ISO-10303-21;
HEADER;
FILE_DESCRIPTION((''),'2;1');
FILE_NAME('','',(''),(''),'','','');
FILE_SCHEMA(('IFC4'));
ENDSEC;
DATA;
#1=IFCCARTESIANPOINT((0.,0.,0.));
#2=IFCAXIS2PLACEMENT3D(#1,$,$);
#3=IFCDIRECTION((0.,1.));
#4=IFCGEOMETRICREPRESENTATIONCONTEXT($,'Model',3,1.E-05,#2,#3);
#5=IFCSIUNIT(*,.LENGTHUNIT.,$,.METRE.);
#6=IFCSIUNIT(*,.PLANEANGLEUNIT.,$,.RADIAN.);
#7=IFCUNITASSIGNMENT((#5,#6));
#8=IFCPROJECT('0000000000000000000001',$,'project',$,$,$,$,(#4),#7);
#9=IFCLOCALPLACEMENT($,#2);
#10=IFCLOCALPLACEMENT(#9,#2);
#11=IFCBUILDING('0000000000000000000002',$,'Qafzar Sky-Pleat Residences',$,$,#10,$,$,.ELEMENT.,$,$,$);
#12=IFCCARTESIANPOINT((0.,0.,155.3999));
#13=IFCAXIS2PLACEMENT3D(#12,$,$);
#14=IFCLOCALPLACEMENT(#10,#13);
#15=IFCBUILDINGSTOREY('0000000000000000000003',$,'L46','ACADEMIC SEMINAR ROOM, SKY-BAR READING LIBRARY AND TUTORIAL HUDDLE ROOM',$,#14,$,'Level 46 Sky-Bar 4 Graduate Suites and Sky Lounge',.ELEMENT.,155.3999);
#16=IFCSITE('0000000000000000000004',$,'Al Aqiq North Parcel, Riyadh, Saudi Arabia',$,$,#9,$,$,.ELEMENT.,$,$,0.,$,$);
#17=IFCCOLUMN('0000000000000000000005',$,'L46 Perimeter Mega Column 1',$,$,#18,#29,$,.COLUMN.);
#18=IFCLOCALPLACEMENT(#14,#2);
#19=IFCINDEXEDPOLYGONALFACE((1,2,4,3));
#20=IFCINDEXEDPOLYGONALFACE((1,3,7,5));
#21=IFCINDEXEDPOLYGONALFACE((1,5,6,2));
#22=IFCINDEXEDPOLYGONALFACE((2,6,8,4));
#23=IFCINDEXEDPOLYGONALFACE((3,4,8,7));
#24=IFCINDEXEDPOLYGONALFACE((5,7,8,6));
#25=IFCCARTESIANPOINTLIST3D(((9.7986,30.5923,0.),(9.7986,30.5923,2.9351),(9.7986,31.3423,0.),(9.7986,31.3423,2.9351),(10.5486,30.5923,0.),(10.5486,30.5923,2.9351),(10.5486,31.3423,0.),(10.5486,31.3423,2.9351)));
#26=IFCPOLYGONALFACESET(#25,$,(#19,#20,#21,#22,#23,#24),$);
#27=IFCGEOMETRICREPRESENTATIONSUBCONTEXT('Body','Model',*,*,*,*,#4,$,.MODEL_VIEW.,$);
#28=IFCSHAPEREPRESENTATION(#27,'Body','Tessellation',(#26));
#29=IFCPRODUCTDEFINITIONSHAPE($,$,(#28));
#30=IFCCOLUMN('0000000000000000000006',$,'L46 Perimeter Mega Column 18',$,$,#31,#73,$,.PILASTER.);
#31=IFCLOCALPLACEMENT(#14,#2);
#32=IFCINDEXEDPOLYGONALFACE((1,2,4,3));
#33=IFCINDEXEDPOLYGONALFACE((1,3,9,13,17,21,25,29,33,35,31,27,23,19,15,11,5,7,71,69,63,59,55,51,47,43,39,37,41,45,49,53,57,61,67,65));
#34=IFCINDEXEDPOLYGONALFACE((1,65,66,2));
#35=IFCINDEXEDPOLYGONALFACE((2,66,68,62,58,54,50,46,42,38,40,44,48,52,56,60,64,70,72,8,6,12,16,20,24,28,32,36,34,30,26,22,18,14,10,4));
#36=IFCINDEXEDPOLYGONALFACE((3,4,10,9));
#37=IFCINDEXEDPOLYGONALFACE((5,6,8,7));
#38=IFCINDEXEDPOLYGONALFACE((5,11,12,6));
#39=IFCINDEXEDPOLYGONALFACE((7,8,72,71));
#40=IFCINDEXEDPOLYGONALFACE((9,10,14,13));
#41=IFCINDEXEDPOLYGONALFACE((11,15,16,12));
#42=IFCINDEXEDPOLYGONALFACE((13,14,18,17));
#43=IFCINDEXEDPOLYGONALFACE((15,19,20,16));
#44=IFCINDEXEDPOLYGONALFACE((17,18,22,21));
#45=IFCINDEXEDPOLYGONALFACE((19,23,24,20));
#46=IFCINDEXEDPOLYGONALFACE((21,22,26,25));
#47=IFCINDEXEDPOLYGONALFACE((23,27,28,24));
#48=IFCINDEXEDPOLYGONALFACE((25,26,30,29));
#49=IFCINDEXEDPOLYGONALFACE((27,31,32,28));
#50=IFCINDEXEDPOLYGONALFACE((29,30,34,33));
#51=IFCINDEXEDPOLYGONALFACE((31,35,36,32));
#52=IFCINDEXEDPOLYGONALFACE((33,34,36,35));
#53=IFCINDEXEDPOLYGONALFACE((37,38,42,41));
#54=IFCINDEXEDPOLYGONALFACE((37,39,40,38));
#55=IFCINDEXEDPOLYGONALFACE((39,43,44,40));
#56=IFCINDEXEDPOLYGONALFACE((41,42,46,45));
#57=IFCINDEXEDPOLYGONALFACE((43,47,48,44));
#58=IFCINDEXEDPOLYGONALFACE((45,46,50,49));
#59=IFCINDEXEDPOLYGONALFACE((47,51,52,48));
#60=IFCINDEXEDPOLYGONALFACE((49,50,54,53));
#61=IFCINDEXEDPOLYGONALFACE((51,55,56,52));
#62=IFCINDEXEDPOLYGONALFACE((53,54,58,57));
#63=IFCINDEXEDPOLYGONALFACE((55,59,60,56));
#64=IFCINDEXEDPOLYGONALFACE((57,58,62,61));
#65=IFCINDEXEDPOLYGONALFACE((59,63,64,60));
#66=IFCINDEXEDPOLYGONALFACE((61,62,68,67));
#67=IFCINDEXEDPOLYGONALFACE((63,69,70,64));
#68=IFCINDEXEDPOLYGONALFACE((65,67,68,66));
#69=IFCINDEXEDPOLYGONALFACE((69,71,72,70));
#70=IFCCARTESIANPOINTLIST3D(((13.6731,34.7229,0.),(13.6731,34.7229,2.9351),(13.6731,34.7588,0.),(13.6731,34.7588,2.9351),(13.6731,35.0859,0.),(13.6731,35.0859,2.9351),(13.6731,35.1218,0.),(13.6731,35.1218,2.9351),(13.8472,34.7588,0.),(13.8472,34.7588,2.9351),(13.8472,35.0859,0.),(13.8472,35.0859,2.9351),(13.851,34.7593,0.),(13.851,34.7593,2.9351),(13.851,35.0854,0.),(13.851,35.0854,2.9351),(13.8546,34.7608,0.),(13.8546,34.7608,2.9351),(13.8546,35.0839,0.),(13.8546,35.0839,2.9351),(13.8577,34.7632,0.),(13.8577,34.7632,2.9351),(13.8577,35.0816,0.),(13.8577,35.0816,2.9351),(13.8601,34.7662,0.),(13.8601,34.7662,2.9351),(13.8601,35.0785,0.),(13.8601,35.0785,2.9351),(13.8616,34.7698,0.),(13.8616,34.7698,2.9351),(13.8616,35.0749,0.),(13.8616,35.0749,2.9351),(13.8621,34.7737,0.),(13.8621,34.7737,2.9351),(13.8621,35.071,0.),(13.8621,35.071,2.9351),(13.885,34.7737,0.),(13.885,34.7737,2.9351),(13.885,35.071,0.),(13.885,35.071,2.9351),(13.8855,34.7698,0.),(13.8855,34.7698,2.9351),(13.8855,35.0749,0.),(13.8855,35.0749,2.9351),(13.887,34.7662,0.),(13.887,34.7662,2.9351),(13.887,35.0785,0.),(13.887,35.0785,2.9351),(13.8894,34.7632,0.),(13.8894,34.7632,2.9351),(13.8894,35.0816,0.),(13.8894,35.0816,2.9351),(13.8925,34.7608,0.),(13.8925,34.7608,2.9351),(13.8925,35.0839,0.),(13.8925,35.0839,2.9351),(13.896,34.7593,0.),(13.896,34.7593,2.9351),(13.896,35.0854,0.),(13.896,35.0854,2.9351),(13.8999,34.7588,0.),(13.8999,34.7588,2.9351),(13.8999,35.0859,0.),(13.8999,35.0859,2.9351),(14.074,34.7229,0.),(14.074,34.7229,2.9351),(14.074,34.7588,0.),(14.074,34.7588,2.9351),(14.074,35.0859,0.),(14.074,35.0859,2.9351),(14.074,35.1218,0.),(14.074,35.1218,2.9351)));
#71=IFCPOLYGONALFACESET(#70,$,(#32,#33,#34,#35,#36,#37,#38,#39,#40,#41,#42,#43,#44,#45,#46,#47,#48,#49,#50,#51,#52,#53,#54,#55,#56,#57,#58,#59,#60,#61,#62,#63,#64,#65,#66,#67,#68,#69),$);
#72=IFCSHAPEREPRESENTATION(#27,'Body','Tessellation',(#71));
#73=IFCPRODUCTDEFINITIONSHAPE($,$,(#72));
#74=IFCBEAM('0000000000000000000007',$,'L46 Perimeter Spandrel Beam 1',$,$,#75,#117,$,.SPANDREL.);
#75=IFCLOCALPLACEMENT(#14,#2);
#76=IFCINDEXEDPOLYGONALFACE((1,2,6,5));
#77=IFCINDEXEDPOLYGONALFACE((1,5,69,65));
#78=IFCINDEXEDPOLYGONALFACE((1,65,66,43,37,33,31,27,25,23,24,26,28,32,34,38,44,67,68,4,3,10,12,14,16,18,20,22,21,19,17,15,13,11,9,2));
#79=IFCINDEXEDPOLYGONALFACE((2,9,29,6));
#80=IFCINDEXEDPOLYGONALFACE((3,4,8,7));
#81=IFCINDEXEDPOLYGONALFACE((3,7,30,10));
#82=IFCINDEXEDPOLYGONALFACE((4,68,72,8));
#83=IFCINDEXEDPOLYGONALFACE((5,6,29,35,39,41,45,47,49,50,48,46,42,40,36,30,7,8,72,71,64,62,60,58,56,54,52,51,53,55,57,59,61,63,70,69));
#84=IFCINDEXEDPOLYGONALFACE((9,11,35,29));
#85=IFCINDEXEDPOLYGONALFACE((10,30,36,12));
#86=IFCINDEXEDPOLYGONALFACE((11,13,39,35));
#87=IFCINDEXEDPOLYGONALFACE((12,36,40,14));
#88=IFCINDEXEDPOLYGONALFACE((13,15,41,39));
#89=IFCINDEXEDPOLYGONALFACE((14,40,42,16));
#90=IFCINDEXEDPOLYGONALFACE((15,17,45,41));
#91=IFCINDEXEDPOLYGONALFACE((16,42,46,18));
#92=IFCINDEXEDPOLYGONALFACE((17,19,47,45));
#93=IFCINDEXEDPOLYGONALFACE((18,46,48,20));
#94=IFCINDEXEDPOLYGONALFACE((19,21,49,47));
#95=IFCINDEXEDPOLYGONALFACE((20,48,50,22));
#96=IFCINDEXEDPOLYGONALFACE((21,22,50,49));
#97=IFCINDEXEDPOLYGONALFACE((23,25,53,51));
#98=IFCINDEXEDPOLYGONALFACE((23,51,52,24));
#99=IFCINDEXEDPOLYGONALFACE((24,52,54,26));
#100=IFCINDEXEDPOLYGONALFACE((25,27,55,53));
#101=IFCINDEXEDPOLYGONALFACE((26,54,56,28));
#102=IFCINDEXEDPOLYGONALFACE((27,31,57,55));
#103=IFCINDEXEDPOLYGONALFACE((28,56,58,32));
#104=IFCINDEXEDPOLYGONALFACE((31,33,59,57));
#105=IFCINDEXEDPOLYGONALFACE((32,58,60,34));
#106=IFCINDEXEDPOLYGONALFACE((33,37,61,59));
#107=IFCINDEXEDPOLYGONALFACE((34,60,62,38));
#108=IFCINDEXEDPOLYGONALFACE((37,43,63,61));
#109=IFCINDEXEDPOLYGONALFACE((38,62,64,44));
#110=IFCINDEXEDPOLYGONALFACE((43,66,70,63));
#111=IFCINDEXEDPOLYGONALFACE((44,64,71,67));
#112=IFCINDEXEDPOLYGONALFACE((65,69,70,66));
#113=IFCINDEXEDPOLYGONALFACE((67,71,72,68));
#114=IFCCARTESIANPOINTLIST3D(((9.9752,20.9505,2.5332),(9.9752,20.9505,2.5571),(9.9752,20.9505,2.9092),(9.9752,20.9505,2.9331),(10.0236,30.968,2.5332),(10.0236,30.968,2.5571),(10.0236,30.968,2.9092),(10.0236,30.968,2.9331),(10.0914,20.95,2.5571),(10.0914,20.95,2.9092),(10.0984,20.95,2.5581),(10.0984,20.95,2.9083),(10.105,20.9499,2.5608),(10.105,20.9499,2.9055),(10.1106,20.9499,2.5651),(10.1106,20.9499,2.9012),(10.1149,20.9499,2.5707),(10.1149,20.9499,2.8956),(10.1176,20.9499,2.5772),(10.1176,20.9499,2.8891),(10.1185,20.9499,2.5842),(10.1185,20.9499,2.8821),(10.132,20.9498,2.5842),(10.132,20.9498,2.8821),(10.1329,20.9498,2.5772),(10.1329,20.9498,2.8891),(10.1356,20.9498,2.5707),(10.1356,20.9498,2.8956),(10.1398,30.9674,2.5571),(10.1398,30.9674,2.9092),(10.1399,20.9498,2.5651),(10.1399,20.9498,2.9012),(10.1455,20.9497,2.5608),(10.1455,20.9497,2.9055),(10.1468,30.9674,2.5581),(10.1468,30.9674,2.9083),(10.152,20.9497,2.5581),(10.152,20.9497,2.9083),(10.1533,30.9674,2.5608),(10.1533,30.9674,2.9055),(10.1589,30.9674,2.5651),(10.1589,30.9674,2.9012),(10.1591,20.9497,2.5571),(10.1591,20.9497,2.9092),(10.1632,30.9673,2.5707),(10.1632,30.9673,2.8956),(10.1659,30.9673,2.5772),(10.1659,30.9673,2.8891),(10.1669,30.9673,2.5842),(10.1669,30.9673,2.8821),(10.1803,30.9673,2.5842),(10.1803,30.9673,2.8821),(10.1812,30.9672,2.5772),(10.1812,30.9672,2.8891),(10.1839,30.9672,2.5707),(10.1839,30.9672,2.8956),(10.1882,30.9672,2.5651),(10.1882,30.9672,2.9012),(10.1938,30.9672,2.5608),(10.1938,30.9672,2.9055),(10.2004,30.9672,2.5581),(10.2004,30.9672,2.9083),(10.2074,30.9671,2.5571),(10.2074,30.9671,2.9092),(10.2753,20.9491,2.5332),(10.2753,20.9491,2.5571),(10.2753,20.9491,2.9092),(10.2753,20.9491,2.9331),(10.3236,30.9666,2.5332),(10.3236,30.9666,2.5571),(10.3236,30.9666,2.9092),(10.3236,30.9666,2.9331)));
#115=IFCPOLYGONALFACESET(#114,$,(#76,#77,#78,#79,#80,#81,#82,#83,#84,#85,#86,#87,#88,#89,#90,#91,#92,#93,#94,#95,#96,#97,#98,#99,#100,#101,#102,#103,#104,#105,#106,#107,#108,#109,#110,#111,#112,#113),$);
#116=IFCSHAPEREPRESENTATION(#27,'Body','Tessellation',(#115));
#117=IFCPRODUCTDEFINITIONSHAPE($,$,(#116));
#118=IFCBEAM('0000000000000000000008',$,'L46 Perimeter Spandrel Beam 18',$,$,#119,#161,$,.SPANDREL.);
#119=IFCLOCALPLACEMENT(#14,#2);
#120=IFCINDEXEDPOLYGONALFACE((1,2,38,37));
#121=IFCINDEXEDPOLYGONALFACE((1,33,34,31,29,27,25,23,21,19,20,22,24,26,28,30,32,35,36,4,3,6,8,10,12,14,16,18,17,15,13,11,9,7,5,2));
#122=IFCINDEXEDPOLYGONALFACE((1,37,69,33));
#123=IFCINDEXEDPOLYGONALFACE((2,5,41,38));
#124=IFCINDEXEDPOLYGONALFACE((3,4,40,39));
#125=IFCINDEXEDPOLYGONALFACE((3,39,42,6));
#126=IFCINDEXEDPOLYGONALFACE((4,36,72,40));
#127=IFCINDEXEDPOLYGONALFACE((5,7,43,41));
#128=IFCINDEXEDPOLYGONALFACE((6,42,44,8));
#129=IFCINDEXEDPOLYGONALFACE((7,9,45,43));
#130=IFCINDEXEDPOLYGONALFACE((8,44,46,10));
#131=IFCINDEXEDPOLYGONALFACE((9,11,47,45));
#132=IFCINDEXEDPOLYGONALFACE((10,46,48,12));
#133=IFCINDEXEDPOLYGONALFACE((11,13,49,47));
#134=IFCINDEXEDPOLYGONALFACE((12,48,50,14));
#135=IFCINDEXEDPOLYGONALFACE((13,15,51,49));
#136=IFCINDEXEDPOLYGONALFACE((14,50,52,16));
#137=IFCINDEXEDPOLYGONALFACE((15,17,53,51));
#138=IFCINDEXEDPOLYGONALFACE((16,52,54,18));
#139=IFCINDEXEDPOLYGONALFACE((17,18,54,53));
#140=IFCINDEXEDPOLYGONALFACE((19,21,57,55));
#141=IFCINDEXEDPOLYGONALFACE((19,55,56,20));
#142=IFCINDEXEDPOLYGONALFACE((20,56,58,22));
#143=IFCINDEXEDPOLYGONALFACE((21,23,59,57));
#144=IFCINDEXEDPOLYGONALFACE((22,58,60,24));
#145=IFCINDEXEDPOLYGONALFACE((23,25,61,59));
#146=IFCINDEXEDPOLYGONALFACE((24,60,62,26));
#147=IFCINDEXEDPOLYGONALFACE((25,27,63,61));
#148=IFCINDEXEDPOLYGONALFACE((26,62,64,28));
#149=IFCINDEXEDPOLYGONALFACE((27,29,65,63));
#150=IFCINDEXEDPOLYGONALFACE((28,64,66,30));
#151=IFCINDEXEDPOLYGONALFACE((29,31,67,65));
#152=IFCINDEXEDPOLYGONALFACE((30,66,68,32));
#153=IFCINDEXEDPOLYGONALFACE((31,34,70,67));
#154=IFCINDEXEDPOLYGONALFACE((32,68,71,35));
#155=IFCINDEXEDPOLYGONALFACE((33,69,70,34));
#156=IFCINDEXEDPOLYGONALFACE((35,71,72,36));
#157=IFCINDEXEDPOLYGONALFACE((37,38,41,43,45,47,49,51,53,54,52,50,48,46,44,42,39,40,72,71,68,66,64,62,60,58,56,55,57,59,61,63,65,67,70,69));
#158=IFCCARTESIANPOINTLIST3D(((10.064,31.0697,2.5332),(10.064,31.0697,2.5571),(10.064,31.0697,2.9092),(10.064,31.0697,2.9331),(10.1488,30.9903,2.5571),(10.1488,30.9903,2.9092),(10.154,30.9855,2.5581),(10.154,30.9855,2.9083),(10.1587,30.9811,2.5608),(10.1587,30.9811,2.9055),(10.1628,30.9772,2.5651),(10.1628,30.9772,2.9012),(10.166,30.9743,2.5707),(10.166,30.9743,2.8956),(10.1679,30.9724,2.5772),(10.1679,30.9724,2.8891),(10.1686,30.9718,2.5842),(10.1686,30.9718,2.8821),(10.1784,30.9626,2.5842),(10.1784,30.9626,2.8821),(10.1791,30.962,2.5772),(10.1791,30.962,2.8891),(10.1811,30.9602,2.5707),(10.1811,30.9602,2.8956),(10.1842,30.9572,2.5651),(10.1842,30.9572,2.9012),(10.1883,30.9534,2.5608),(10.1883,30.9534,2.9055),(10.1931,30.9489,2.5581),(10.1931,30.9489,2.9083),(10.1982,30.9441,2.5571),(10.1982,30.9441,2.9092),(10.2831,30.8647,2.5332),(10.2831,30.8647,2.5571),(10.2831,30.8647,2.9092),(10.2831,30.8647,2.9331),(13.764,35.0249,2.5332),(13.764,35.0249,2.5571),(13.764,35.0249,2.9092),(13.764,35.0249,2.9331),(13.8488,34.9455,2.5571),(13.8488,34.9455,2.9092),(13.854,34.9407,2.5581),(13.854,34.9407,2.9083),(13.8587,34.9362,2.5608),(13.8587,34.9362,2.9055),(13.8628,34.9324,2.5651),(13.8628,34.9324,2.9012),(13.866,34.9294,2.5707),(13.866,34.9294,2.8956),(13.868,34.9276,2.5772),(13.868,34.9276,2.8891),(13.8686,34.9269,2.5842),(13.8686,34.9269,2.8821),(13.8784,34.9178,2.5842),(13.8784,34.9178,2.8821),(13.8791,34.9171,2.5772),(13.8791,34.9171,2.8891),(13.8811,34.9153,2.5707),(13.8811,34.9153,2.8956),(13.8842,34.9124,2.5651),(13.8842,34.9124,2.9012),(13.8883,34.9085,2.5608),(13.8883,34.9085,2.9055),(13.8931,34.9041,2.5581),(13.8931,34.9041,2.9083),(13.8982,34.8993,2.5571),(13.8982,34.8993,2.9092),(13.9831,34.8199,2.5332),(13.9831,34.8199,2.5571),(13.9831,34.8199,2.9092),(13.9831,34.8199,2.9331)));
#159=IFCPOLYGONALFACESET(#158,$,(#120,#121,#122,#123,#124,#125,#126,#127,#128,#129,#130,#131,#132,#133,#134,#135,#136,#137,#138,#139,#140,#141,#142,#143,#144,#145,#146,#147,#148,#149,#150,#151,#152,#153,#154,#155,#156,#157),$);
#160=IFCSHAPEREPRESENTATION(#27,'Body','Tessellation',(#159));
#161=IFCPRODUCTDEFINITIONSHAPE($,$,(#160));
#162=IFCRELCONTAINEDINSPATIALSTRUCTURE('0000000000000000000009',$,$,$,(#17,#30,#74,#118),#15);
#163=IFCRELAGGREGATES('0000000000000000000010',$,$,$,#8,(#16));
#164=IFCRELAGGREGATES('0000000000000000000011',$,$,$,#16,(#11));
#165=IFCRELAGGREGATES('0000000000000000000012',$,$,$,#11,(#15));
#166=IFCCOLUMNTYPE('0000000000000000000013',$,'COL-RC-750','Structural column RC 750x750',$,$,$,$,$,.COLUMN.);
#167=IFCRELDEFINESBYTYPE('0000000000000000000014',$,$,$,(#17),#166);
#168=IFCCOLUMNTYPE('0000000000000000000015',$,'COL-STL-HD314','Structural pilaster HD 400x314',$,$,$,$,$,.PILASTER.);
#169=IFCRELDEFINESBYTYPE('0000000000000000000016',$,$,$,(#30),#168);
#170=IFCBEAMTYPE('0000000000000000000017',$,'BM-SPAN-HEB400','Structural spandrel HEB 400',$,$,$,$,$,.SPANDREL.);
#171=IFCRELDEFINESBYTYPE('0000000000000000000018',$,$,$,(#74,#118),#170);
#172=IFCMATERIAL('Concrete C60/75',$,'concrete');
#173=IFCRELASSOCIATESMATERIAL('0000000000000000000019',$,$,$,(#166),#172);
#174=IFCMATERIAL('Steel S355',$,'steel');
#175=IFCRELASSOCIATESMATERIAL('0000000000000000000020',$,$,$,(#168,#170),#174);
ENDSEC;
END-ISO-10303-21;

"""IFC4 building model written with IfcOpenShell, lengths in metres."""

from ifc_helpers import new_model, si_unit, direction, frame, origin, origin_2d, place, context, subcontext, project, spatial, rectangle, i_section, extrude, source, transform, mapped, material, material_profile, profile_set, type_object, element, save


model = new_model("IFC4")

# Units and contexts
model_context = context("Model", 3, precision=1e-05, world=origin(), true_north=direction((0.0, 1.0)))
body_context = subcontext(model_context, "Body", "Model", "MODEL_VIEW")
ifc_project = project(units=[si_unit("LENGTHUNIT", "METRE"), si_unit("PLANEANGLEUNIT", "RADIAN")], contexts=[model_context])

# Site, building, storey
site_placement = place(None, origin())
site = spatial("IfcSite", under=ifc_project, at=site_placement, Name="Al Aqiq North Parcel, Riyadh, Saudi Arabia", CompositionType="ELEMENT", RefElevation=0.0)
building_placement = place(site_placement, origin())
building = spatial("IfcBuilding", under=site, at=building_placement, Name="Qafzar Sky-Pleat Residences", CompositionType="ELEMENT")
storey_placement = place(building_placement, frame((0.0, 0.0, 155.3999)))
storey = spatial("IfcBuildingStorey", under=building, at=storey_placement, Name="L46", Description="ACADEMIC SEMINAR ROOM, SKY-BAR READING LIBRARY AND TUTORIAL HUDDLE ROOM", LongName="Level 46 Sky-Bar 4 Graduate Suites and Sky Lounge", CompositionType="ELEMENT", Elevation=155.3999)

# Columns
ifc_material_1 = material(Name="Concrete C60/75", Category="concrete")
ifc_material_profile_1 = material_profile(ifc_material_1, rectangle(XDim=0.75, YDim=0.75, at=origin_2d()), Name="RC 750x750")
ifc_profile_set_1 = profile_set([ifc_material_profile_1], Name="Concrete C60/75")
column_type_1 = type_object("IfcColumnType", Name="COL-RC-750", Description="Structural column RC 750x750", PredefinedType="COLUMN", material=ifc_profile_set_1)
shared_shape_1 = source(origin(), body_context, "Body", "SweptSolid", [
    extrude(rectangle(XDim=0.75, YDim=0.75, at=origin_2d()), origin(), (0.0, 0.0, 1.0), 2.9351),
])
column_1_placement = place(storey_placement, frame((10.1736, 30.9673, 0.0), z_axis=(0.0, 0.0, 1.0), x_axis=(1.0, 0.0, 0.0)))
element("IfcColumn", 1, at=column_1_placement, inside=storey, type_object=column_type_1, Name="L46 Perimeter Mega Column 1", PredefinedType="COLUMN", context=body_context, shape_type="MappedRepresentation", body=[
    mapped(shared_shape_1, transform((0.0, 0.0, 0.0), x_axis=(1.0, 0.0, 0.0), y_axis=(0.0, 1.0, 0.0), z_axis=(0.0, 0.0, 1.0), scale=1.0)),
])
ifc_material_2 = material(Name="Steel S355", Category="steel")
ifc_material_profile_2 = material_profile(ifc_material_2, i_section(OverallWidth=0.4009, OverallDepth=0.3989, WebThickness=0.0229, FlangeThickness=0.0359, FilletRadius=0.0149, at=origin_2d()), Name="HD 400x314")
ifc_profile_set_2 = profile_set([ifc_material_profile_2], Name="Steel S355")
column_type_2 = type_object("IfcColumnType", Name="COL-STL-HD314", Description="Structural pilaster HD 400x314", PredefinedType="PILASTER", material=ifc_profile_set_2)
shared_shape_2 = source(origin(), body_context, "Body", "SweptSolid", [
    extrude(i_section(OverallWidth=0.4009, OverallDepth=0.3989, WebThickness=0.0229, FlangeThickness=0.0359, FilletRadius=0.0149, at=origin_2d()), origin(), (0.0, 0.0, 1.0), 2.9351),
])
column_2_placement = place(storey_placement, frame((13.8735, 34.9224, 0.0), z_axis=(0.0, 0.0, 1.0), x_axis=(1.0, 0.0, 0.0)))
element("IfcColumn", 2, at=column_2_placement, inside=storey, type_object=column_type_2, Name="L46 Perimeter Mega Column 18", PredefinedType="PILASTER", context=body_context, shape_type="MappedRepresentation", body=[
    mapped(shared_shape_2, transform((0.0, 0.0, 0.0), x_axis=(1.0, 0.0, 0.0), y_axis=(0.0, 1.0, 0.0), z_axis=(0.0, 0.0, 1.0), scale=1.0)),
])

# Beams
ifc_material_profile_3 = material_profile(ifc_material_2, i_section(OverallWidth=0.3, OverallDepth=0.3999, WebThickness=0.0134, FlangeThickness=0.0239, FilletRadius=0.0271, at=origin_2d()), Name="HEB 400")
ifc_profile_set_3 = profile_set([ifc_material_profile_3], Name="Steel S355")
beam_type_1 = type_object("IfcBeamType", Name="BM-SPAN-HEB400", Description="Structural spandrel HEB 400", PredefinedType="SPANDREL", material=ifc_profile_set_3)
shared_shape_3 = source(origin(), body_context, "Body", "SweptSolid", [
    extrude(i_section(OverallWidth=0.3, OverallDepth=0.3999, WebThickness=0.0134, FlangeThickness=0.0239, FilletRadius=0.0271, at=origin_2d()), origin(), (0.0, 0.0, 1.0), 10.0176),
])
beam_1_placement = place(storey_placement, frame((10.1736, 30.9673, 2.7332), z_axis=(-0.004825, -0.999988, 0.0), x_axis=(0.999988, -0.004825, 0.0)))
element("IfcBeam", 3, at=beam_1_placement, inside=storey, type_object=beam_type_1, Name="L46 Perimeter Spandrel Beam 1", PredefinedType="SPANDREL", context=body_context, shape_type="MappedRepresentation", body=[
    mapped(shared_shape_3, transform((0.0, 0.0, 0.0), x_axis=(1.0, 0.0, 0.0), y_axis=(0.0, 1.0, 0.0), z_axis=(0.0, 0.0, 1.0), scale=1.0)),
])
shared_shape_4 = source(origin(), body_context, "Body", "SweptSolid", [
    extrude(i_section(OverallWidth=0.3, OverallDepth=0.3999, WebThickness=0.0134, FlangeThickness=0.0239, FilletRadius=0.0271, at=origin_2d()), origin(), (0.0, 0.0, 1.0), 5.416),
])
beam_2_placement = place(storey_placement, frame((13.8735, 34.9224, 2.7332), z_axis=(-0.683161, -0.730268, 0.0), x_axis=(0.730268, -0.683161, 0.0)))
element("IfcBeam", 4, at=beam_2_placement, inside=storey, type_object=beam_type_1, Name="L46 Perimeter Spandrel Beam 18", PredefinedType="SPANDREL", context=body_context, shape_type="MappedRepresentation", body=[
    mapped(shared_shape_4, transform((0.0, 0.0, 0.0), x_axis=(1.0, 0.0, 0.0), y_axis=(0.0, 1.0, 0.0), z_axis=(0.0, 0.0, 1.0), scale=1.0)),
])

save(model, "model.ifc")
